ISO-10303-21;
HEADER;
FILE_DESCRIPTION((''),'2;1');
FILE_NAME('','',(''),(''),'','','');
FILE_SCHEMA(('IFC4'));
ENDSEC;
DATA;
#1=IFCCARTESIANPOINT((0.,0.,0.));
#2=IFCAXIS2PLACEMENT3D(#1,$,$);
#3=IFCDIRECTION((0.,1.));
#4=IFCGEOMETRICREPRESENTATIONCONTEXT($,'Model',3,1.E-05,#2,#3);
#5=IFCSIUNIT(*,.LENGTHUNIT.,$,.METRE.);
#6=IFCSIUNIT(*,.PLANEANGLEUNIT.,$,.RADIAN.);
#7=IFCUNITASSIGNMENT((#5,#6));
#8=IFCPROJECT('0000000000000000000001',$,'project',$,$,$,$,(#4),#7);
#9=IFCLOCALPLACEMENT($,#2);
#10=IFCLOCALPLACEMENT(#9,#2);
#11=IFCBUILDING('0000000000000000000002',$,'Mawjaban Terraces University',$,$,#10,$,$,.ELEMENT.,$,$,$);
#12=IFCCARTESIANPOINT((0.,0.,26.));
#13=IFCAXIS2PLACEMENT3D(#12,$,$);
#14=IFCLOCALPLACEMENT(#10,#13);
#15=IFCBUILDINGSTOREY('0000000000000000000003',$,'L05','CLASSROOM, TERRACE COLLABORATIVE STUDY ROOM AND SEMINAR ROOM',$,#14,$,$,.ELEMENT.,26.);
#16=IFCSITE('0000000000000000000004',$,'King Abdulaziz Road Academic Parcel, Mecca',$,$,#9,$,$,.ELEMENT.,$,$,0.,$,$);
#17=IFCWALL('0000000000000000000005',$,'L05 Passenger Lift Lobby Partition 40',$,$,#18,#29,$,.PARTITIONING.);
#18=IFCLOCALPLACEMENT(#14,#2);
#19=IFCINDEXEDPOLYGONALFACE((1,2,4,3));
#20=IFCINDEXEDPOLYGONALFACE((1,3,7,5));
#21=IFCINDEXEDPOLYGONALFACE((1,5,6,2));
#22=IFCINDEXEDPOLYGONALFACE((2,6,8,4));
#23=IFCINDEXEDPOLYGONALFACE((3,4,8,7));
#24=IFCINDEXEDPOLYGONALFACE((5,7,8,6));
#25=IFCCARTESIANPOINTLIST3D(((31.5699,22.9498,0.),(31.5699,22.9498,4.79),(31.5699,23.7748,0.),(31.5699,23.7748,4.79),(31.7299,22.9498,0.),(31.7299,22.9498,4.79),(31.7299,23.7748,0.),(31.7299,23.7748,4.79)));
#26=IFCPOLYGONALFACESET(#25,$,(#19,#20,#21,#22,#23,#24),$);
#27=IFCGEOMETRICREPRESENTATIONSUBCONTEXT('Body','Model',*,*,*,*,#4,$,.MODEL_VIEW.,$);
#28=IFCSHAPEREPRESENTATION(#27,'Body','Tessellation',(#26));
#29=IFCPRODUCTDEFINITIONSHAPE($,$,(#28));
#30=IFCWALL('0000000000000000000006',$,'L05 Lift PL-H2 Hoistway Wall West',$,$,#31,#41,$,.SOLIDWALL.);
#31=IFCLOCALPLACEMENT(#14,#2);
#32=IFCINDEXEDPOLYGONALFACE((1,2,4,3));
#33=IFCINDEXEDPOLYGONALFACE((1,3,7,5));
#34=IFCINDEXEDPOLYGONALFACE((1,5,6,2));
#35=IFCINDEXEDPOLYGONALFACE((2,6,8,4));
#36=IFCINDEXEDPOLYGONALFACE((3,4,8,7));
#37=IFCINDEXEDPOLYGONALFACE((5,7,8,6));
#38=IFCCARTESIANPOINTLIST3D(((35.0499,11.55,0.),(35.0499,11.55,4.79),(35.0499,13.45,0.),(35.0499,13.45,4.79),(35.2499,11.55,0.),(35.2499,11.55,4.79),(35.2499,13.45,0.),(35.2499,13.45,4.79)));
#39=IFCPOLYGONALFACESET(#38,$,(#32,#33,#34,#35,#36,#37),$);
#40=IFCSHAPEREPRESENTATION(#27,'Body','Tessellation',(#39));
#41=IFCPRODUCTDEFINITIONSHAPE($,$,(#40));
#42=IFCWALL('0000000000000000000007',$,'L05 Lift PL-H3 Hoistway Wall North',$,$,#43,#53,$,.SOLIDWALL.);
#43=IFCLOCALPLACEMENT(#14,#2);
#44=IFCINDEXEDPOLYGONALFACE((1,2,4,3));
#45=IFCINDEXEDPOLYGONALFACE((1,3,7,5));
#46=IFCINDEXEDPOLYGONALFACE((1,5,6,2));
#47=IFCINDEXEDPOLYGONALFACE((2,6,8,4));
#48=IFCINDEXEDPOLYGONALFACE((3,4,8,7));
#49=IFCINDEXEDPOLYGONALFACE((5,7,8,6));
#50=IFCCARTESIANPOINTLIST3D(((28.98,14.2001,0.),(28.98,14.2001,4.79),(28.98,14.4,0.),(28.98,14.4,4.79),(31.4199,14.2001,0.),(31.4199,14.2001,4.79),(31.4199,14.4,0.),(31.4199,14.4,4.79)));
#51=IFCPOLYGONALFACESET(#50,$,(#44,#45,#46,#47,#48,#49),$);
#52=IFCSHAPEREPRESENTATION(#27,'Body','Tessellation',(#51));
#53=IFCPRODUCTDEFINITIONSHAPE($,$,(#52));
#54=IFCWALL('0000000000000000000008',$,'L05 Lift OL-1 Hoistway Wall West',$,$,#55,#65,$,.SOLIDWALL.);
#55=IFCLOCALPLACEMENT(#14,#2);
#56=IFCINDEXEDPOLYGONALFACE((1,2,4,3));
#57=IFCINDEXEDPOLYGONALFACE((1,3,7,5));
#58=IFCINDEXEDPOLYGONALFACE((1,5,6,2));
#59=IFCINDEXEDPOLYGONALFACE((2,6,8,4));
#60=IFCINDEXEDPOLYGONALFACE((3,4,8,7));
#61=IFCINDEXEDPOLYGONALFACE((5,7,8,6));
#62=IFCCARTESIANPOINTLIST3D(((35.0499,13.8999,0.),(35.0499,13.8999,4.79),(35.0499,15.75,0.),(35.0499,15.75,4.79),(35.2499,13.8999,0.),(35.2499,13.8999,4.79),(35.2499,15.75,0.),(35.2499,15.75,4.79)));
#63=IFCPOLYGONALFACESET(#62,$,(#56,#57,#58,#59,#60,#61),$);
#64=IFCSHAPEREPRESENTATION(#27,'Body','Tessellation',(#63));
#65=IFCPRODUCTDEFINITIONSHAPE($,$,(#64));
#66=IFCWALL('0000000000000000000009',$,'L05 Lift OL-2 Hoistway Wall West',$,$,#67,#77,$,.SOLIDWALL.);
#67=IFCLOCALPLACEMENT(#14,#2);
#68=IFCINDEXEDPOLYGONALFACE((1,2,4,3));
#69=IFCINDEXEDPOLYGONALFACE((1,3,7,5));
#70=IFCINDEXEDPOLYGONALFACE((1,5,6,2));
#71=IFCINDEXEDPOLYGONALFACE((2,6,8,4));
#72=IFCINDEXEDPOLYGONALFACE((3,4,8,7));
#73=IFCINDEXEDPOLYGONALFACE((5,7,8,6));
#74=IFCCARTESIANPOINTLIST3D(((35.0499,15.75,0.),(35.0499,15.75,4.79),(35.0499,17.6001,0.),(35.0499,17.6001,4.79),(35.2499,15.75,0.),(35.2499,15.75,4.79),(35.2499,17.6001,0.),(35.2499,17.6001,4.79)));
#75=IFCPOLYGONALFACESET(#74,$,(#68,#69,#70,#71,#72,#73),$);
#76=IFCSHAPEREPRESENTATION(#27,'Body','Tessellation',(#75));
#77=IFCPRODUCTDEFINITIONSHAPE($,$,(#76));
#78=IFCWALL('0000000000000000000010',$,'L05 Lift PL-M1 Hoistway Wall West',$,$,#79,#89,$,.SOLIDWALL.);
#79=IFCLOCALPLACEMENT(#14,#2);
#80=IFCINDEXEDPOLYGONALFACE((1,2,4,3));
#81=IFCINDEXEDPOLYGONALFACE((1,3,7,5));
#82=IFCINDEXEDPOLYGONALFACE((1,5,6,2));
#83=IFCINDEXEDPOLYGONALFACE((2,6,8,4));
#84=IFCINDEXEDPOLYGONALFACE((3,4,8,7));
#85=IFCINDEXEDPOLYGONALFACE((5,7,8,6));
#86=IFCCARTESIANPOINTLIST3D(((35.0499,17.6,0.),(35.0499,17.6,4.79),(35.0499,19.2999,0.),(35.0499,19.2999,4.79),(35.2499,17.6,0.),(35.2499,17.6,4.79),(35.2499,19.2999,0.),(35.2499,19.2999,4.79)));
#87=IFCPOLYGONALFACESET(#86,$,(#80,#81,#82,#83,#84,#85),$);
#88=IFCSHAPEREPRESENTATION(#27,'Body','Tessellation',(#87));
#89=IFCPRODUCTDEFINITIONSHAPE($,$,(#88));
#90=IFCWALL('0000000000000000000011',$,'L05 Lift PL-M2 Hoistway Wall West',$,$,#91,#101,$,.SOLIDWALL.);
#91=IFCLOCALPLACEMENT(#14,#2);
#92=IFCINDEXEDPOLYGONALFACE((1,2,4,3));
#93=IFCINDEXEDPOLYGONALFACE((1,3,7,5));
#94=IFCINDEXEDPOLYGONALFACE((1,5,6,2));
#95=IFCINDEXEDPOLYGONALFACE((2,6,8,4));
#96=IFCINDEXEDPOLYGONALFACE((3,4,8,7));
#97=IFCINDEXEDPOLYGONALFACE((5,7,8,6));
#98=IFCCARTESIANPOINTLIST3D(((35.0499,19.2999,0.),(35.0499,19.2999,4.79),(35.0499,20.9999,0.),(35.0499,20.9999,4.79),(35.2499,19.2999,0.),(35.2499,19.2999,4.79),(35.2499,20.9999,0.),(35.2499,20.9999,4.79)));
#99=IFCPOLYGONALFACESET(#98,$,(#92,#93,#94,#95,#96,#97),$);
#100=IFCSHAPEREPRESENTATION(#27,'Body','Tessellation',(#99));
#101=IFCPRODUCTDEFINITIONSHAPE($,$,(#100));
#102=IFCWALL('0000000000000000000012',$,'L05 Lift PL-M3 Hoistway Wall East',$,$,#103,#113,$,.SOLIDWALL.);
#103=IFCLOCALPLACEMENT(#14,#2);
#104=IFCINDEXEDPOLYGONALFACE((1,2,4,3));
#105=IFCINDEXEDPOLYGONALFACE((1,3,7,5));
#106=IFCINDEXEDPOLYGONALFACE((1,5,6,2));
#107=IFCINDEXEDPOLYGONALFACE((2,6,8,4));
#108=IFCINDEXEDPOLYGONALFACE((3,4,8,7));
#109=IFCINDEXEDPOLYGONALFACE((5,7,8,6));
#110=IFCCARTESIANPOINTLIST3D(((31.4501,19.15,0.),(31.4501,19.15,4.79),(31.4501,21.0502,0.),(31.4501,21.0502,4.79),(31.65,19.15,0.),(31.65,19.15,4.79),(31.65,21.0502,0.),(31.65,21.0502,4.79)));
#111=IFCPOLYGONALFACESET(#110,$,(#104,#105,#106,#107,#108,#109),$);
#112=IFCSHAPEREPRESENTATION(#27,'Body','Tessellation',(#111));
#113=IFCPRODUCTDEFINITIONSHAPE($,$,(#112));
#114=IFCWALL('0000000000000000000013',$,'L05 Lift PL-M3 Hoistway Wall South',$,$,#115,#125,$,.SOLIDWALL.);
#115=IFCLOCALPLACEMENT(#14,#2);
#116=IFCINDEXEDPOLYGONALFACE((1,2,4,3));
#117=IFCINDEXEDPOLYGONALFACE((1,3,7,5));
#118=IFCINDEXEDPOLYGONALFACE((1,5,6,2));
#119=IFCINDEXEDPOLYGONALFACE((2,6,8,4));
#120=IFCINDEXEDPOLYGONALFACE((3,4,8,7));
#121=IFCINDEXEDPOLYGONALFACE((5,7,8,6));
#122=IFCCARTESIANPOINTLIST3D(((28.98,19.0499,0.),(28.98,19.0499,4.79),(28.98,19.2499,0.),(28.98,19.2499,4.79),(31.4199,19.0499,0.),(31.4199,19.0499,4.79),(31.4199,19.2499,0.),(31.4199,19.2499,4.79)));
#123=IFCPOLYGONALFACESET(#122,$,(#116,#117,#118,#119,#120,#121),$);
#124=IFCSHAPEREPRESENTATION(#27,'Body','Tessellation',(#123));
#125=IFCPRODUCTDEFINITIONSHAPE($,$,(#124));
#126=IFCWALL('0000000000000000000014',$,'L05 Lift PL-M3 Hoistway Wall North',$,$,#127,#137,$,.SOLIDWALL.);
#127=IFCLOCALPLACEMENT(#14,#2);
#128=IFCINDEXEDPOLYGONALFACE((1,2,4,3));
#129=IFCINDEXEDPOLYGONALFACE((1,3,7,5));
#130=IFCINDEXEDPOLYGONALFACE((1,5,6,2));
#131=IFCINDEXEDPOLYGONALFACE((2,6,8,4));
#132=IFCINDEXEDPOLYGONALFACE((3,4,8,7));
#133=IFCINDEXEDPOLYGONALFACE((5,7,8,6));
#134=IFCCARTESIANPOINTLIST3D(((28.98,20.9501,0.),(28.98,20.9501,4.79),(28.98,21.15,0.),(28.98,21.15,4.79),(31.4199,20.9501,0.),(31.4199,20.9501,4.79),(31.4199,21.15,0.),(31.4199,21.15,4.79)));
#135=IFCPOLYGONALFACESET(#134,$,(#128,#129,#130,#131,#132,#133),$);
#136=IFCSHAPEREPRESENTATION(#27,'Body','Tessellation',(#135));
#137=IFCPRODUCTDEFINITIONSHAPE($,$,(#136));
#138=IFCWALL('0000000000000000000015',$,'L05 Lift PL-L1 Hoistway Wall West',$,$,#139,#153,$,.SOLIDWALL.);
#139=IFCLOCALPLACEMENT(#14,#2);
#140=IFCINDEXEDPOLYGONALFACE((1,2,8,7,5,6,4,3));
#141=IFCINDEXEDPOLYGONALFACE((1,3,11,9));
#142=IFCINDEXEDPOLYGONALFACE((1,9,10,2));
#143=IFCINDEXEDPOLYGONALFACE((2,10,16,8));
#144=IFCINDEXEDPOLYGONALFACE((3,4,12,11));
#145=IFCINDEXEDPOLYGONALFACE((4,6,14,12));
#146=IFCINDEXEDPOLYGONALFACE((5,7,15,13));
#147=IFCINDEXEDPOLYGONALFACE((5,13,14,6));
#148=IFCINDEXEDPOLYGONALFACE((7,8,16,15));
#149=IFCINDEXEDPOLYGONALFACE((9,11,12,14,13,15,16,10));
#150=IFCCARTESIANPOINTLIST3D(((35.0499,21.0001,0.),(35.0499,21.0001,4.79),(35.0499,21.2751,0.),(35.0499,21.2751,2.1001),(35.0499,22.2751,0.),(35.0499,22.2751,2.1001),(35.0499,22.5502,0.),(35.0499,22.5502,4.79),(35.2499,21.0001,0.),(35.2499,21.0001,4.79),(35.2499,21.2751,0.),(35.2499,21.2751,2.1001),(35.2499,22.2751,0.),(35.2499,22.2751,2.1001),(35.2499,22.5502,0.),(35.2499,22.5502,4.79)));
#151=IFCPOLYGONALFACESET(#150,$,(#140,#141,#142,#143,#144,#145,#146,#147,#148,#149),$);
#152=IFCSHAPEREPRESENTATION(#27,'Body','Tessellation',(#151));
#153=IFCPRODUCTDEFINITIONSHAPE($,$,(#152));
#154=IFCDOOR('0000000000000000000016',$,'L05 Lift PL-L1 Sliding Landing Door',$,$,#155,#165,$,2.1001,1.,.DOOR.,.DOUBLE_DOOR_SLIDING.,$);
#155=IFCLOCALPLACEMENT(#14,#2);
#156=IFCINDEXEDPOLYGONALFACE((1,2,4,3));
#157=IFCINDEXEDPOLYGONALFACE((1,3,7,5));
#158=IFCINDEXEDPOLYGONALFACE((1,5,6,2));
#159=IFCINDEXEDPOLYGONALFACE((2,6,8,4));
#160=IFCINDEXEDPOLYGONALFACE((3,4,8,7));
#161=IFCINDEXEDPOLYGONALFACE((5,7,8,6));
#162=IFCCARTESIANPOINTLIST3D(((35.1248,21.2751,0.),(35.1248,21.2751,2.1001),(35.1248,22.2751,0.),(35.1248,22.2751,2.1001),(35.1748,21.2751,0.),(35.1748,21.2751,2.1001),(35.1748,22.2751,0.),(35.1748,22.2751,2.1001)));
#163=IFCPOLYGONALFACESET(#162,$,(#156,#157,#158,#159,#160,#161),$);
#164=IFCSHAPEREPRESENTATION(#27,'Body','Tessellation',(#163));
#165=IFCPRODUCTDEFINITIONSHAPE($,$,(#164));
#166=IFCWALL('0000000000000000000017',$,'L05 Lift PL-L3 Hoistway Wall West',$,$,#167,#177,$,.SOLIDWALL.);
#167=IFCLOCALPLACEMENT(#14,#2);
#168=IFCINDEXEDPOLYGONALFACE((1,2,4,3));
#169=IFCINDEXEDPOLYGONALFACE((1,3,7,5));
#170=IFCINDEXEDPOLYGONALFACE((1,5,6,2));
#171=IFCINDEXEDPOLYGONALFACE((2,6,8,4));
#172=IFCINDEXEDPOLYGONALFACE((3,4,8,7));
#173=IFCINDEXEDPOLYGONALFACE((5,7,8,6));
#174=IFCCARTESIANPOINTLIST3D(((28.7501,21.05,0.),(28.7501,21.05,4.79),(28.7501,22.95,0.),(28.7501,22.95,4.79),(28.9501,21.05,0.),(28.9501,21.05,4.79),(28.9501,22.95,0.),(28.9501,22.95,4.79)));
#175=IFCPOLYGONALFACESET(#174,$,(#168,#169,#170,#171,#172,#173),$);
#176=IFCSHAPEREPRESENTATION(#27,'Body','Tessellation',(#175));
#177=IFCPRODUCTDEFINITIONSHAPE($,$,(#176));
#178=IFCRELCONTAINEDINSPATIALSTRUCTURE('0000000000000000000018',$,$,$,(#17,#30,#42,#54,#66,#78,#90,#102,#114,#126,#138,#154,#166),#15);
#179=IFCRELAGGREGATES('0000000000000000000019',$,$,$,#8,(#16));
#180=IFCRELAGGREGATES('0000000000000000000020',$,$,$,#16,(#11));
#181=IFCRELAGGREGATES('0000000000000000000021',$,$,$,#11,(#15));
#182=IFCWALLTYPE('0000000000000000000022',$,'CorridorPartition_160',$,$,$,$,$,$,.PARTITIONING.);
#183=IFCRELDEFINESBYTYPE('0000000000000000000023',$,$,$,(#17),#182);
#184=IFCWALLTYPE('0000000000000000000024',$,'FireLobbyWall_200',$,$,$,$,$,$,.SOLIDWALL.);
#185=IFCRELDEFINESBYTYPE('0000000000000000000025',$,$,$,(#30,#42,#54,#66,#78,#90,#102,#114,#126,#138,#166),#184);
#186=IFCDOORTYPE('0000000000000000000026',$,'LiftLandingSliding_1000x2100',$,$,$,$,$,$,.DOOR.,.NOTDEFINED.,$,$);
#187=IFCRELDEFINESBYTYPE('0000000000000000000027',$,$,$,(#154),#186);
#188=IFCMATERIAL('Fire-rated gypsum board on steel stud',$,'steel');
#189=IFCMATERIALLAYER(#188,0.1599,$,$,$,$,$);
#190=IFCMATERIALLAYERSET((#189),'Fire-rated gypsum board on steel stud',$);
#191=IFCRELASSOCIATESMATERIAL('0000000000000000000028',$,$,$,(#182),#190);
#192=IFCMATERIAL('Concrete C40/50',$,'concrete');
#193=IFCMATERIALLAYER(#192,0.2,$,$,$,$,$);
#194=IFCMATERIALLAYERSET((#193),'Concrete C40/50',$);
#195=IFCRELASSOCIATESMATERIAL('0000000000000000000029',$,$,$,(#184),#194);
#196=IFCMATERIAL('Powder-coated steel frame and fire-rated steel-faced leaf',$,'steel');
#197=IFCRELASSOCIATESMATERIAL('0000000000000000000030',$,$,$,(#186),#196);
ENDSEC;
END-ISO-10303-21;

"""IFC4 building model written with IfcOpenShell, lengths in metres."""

from ifc_helpers import new_model, si_unit, direction, frame, frame_2d, origin, place, context, subcontext, project, spatial, rectangle, extrude, material, layer, layer_set, type_object, element, fill, save


model = new_model("IFC4")

# Units and contexts
model_context = context("Model", 3, precision=1e-05, world=origin(), true_north=direction((0.0, 1.0)))
body_context = subcontext(model_context, "Body", "Model", "MODEL_VIEW")
ifc_project = project(units=[si_unit("LENGTHUNIT", "METRE"), si_unit("PLANEANGLEUNIT", "RADIAN")], contexts=[model_context])

# Site, building, storey
site_placement = place(None, origin())
site = spatial("IfcSite", under=ifc_project, at=site_placement, Name="King Abdulaziz Road Academic Parcel, Mecca", CompositionType="ELEMENT", RefElevation=0.0)
building_placement = place(site_placement, origin())
building = spatial("IfcBuilding", under=site, at=building_placement, Name="Mawjaban Terraces University", CompositionType="ELEMENT")
storey_placement = place(building_placement, frame((0.0, 0.0, 26.0)))
storey = spatial("IfcBuildingStorey", under=building, at=storey_placement, Name="L05", Description="CLASSROOM, TERRACE COLLABORATIVE STUDY ROOM AND SEMINAR ROOM", CompositionType="ELEMENT", Elevation=26.0)

# Walls
ifc_material_1 = material(Name="Fire-rated gypsum board on steel stud", Category="steel")
ifc_layer_1 = layer(ifc_material_1, 0.1599)
ifc_layer_set_1 = layer_set([ifc_layer_1], Name="Fire-rated gypsum board on steel stud")
wall_type_1 = type_object("IfcWallType", Name="CorridorPartition_160", PredefinedType="PARTITIONING", material=ifc_layer_set_1)
wall_1_placement = place(storey_placement, frame((31.6499, 23.7749, 0.0), z_axis=(0.0, 0.0, 1.0), x_axis=(0.0, -1.0, 0.0)))
element("IfcWall", 1, at=wall_1_placement, inside=storey, type_object=wall_type_1, Name="L05 Passenger Lift Lobby Partition 40", PredefinedType="PARTITIONING", context=body_context, shape_type="SweptSolid", body=[
    extrude(rectangle(XDim=0.825, YDim=0.1599, at=frame_2d((0.4126, 0.0))), origin(), (0.0, 0.0, 1.0), 4.79),
])
ifc_material_2 = material(Name="Concrete C40/50", Category="concrete")
ifc_layer_2 = layer(ifc_material_2, 0.2)
ifc_layer_set_2 = layer_set([ifc_layer_2], Name="Concrete C40/50")
wall_type_2 = type_object("IfcWallType", Name="FireLobbyWall_200", PredefinedType="SOLIDWALL", material=ifc_layer_set_2)
wall_2_placement = place(storey_placement, frame((35.1499, 13.45, 0.0), z_axis=(0.0, 0.0, 1.0), x_axis=(0.0, -1.0, 0.0)))
element("IfcWall", 2, at=wall_2_placement, inside=storey, type_object=wall_type_2, Name="L05 Lift PL-H2 Hoistway Wall West", PredefinedType="SOLIDWALL", context=body_context, shape_type="SweptSolid", body=[
    extrude(rectangle(XDim=1.8999, YDim=0.2, at=frame_2d((0.95, 0.0))), origin(), (0.0, 0.0, 1.0), 4.79),
])
wall_3_placement = place(storey_placement, frame((31.4199, 14.3, 0.0), z_axis=(0.0, 0.0, 1.0), x_axis=(-1.0, 0.0, 0.0)))
element("IfcWall", 3, at=wall_3_placement, inside=storey, type_object=wall_type_2, Name="L05 Lift PL-H3 Hoistway Wall North", PredefinedType="SOLIDWALL", context=body_context, shape_type="SweptSolid", body=[
    extrude(rectangle(XDim=2.4399, YDim=0.2, at=frame_2d((1.22, 0.0))), origin(), (0.0, 0.0, 1.0), 4.79),
])
for number, where, z_axis, x_axis, name in (
    (4, (35.1499, 15.75, 0.0), (0.0, 0.0, 1.0), (0.0, -1.0, 0.0), "L05 Lift OL-1 Hoistway Wall West"),
    (5, (35.1499, 17.6001, 0.0), (0.0, 0.0, 1.0), (0.0, -1.0, 0.0), "L05 Lift OL-2 Hoistway Wall West"),
):
    element("IfcWall", number, at=place(storey_placement, frame(where, z_axis=z_axis, x_axis=x_axis)), inside=storey, type_object=wall_type_2, Name=name, PredefinedType="SOLIDWALL", context=body_context, shape_type="SweptSolid", body=[
        extrude(rectangle(XDim=1.8501, YDim=0.2, at=frame_2d((0.925, 0.0))), origin(), (0.0, 0.0, 1.0), 4.79),
    ])
for number, where, z_axis, x_axis, name in (
    (6, (35.1499, 19.3, 0.0), (0.0, 0.0, 1.0), (0.0, -1.0, 0.0), "L05 Lift PL-M1 Hoistway Wall West"),
    (7, (35.1499, 21.0, 0.0), (0.0, 0.0, 1.0), (0.0, -1.0, 0.0), "L05 Lift PL-M2 Hoistway Wall West"),
):
    element("IfcWall", number, at=place(storey_placement, frame(where, z_axis=z_axis, x_axis=x_axis)), inside=storey, type_object=wall_type_2, Name=name, PredefinedType="SOLIDWALL", context=body_context, shape_type="SweptSolid", body=[
        extrude(rectangle(XDim=1.7, YDim=0.2, at=frame_2d((0.8501, 0.0))), origin(), (0.0, 0.0, 1.0), 4.79),
    ])
wall_4_placement = place(storey_placement, frame((31.55, 19.1499, 0.0), z_axis=(0.0, 0.0, 1.0), x_axis=(0.0, 1.0, 0.0)))
element("IfcWall", 8, at=wall_4_placement, inside=storey, type_object=wall_type_2, Name="L05 Lift PL-M3 Hoistway Wall East", PredefinedType="SOLIDWALL", context=body_context, shape_type="SweptSolid", body=[
    extrude(rectangle(XDim=1.9001, YDim=0.2, at=frame_2d((0.9502, 0.0))), origin(), (0.0, 0.0, 1.0), 4.79),
])
for number, where, z_axis, x_axis, name in (
    (9, (28.98, 19.1499, 0.0), (0.0, 0.0, 1.0), (1.0, 0.0, 0.0), "L05 Lift PL-M3 Hoistway Wall South"),
    (10, (31.4199, 21.05, 0.0), (0.0, 0.0, 1.0), (-1.0, 0.0, 0.0), "L05 Lift PL-M3 Hoistway Wall North"),
):
    element("IfcWall", number, at=place(storey_placement, frame(where, z_axis=z_axis, x_axis=x_axis)), inside=storey, type_object=wall_type_2, Name=name, PredefinedType="SOLIDWALL", context=body_context, shape_type="SweptSolid", body=[
        extrude(rectangle(XDim=2.4399, YDim=0.2, at=frame_2d((1.22, 0.0))), origin(), (0.0, 0.0, 1.0), 4.79),
    ])

# Wall, opening, door
wall_5_placement = place(storey_placement, frame((35.1499, 22.55, 0.0), z_axis=(0.0, 0.0, 1.0), x_axis=(0.0, -1.0, 0.0)))
wall_5 = element("IfcWall", 11, at=wall_5_placement, inside=storey, type_object=wall_type_2, Name="L05 Lift PL-L1 Hoistway Wall West", PredefinedType="SOLIDWALL", context=body_context, shape_type="SweptSolid", body=[
    extrude(rectangle(XDim=1.55, YDim=0.2, at=frame_2d((0.7749, 0.0))), origin(), (0.0, 0.0, 1.0), 4.79),
])
opening_1_placement = place(wall_5_placement, frame((0.2749, 0.0, 0.0)))
opening_1 = element("IfcOpeningElement", 12, at=opening_1_placement, cuts=wall_5, PredefinedType="OPENING", context=body_context, shape_type="SweptSolid", body=[
    extrude(rectangle(XDim=1.0, YDim=2.1001, at=frame_2d((0.5, 1.05))), frame((0.0, 0.1099, 0.0), z_axis=(0.0, -1.0, 0.0), x_axis=(1.0, 0.0, 0.0)), (0.0, 0.0, 1.0), 0.22),
])
ifc_material_3 = material(Name="Powder-coated steel frame and fire-rated steel-faced leaf", Category="steel")
door_type_1 = type_object("IfcDoorType", Name="LiftLandingSliding_1000x2100", OperationType="NOTDEFINED", PredefinedType="DOOR", material=ifc_material_3)
door_1_placement = place(opening_1_placement, origin())
door_1 = element("IfcDoor", 13, at=door_1_placement, inside=storey, type_object=door_type_1, Name="L05 Lift PL-L1 Sliding Landing Door", OperationType="DOUBLE_DOOR_SLIDING", OverallHeight=2.1001, OverallWidth=1.0, PredefinedType="DOOR", context=body_context, shape_type="SweptSolid", body=[
    extrude(rectangle(XDim=1.0, YDim=2.1001, at=frame_2d((0.5, 1.05))), frame((0.0, 0.0249, 0.0), z_axis=(0.0, -1.0, 0.0), x_axis=(1.0, 0.0, 0.0)), (0.0, 0.0, 1.0), 0.05),
])
fill(opening_1, door_1)

# Wall
wall_6_placement = place(storey_placement, frame((28.8501, 22.95, 0.0), z_axis=(0.0, 0.0, 1.0), x_axis=(0.0, -1.0, 0.0)))
element("IfcWall", 14, at=wall_6_placement, inside=storey, type_object=wall_type_2, Name="L05 Lift PL-L3 Hoistway Wall West", PredefinedType="SOLIDWALL", context=body_context, shape_type="SweptSolid", body=[
    extrude(rectangle(XDim=1.8999, YDim=0.2, at=frame_2d((0.95, 0.0))), origin(), (0.0, 0.0, 1.0), 4.79),
])

save(model, "model.ifc")
